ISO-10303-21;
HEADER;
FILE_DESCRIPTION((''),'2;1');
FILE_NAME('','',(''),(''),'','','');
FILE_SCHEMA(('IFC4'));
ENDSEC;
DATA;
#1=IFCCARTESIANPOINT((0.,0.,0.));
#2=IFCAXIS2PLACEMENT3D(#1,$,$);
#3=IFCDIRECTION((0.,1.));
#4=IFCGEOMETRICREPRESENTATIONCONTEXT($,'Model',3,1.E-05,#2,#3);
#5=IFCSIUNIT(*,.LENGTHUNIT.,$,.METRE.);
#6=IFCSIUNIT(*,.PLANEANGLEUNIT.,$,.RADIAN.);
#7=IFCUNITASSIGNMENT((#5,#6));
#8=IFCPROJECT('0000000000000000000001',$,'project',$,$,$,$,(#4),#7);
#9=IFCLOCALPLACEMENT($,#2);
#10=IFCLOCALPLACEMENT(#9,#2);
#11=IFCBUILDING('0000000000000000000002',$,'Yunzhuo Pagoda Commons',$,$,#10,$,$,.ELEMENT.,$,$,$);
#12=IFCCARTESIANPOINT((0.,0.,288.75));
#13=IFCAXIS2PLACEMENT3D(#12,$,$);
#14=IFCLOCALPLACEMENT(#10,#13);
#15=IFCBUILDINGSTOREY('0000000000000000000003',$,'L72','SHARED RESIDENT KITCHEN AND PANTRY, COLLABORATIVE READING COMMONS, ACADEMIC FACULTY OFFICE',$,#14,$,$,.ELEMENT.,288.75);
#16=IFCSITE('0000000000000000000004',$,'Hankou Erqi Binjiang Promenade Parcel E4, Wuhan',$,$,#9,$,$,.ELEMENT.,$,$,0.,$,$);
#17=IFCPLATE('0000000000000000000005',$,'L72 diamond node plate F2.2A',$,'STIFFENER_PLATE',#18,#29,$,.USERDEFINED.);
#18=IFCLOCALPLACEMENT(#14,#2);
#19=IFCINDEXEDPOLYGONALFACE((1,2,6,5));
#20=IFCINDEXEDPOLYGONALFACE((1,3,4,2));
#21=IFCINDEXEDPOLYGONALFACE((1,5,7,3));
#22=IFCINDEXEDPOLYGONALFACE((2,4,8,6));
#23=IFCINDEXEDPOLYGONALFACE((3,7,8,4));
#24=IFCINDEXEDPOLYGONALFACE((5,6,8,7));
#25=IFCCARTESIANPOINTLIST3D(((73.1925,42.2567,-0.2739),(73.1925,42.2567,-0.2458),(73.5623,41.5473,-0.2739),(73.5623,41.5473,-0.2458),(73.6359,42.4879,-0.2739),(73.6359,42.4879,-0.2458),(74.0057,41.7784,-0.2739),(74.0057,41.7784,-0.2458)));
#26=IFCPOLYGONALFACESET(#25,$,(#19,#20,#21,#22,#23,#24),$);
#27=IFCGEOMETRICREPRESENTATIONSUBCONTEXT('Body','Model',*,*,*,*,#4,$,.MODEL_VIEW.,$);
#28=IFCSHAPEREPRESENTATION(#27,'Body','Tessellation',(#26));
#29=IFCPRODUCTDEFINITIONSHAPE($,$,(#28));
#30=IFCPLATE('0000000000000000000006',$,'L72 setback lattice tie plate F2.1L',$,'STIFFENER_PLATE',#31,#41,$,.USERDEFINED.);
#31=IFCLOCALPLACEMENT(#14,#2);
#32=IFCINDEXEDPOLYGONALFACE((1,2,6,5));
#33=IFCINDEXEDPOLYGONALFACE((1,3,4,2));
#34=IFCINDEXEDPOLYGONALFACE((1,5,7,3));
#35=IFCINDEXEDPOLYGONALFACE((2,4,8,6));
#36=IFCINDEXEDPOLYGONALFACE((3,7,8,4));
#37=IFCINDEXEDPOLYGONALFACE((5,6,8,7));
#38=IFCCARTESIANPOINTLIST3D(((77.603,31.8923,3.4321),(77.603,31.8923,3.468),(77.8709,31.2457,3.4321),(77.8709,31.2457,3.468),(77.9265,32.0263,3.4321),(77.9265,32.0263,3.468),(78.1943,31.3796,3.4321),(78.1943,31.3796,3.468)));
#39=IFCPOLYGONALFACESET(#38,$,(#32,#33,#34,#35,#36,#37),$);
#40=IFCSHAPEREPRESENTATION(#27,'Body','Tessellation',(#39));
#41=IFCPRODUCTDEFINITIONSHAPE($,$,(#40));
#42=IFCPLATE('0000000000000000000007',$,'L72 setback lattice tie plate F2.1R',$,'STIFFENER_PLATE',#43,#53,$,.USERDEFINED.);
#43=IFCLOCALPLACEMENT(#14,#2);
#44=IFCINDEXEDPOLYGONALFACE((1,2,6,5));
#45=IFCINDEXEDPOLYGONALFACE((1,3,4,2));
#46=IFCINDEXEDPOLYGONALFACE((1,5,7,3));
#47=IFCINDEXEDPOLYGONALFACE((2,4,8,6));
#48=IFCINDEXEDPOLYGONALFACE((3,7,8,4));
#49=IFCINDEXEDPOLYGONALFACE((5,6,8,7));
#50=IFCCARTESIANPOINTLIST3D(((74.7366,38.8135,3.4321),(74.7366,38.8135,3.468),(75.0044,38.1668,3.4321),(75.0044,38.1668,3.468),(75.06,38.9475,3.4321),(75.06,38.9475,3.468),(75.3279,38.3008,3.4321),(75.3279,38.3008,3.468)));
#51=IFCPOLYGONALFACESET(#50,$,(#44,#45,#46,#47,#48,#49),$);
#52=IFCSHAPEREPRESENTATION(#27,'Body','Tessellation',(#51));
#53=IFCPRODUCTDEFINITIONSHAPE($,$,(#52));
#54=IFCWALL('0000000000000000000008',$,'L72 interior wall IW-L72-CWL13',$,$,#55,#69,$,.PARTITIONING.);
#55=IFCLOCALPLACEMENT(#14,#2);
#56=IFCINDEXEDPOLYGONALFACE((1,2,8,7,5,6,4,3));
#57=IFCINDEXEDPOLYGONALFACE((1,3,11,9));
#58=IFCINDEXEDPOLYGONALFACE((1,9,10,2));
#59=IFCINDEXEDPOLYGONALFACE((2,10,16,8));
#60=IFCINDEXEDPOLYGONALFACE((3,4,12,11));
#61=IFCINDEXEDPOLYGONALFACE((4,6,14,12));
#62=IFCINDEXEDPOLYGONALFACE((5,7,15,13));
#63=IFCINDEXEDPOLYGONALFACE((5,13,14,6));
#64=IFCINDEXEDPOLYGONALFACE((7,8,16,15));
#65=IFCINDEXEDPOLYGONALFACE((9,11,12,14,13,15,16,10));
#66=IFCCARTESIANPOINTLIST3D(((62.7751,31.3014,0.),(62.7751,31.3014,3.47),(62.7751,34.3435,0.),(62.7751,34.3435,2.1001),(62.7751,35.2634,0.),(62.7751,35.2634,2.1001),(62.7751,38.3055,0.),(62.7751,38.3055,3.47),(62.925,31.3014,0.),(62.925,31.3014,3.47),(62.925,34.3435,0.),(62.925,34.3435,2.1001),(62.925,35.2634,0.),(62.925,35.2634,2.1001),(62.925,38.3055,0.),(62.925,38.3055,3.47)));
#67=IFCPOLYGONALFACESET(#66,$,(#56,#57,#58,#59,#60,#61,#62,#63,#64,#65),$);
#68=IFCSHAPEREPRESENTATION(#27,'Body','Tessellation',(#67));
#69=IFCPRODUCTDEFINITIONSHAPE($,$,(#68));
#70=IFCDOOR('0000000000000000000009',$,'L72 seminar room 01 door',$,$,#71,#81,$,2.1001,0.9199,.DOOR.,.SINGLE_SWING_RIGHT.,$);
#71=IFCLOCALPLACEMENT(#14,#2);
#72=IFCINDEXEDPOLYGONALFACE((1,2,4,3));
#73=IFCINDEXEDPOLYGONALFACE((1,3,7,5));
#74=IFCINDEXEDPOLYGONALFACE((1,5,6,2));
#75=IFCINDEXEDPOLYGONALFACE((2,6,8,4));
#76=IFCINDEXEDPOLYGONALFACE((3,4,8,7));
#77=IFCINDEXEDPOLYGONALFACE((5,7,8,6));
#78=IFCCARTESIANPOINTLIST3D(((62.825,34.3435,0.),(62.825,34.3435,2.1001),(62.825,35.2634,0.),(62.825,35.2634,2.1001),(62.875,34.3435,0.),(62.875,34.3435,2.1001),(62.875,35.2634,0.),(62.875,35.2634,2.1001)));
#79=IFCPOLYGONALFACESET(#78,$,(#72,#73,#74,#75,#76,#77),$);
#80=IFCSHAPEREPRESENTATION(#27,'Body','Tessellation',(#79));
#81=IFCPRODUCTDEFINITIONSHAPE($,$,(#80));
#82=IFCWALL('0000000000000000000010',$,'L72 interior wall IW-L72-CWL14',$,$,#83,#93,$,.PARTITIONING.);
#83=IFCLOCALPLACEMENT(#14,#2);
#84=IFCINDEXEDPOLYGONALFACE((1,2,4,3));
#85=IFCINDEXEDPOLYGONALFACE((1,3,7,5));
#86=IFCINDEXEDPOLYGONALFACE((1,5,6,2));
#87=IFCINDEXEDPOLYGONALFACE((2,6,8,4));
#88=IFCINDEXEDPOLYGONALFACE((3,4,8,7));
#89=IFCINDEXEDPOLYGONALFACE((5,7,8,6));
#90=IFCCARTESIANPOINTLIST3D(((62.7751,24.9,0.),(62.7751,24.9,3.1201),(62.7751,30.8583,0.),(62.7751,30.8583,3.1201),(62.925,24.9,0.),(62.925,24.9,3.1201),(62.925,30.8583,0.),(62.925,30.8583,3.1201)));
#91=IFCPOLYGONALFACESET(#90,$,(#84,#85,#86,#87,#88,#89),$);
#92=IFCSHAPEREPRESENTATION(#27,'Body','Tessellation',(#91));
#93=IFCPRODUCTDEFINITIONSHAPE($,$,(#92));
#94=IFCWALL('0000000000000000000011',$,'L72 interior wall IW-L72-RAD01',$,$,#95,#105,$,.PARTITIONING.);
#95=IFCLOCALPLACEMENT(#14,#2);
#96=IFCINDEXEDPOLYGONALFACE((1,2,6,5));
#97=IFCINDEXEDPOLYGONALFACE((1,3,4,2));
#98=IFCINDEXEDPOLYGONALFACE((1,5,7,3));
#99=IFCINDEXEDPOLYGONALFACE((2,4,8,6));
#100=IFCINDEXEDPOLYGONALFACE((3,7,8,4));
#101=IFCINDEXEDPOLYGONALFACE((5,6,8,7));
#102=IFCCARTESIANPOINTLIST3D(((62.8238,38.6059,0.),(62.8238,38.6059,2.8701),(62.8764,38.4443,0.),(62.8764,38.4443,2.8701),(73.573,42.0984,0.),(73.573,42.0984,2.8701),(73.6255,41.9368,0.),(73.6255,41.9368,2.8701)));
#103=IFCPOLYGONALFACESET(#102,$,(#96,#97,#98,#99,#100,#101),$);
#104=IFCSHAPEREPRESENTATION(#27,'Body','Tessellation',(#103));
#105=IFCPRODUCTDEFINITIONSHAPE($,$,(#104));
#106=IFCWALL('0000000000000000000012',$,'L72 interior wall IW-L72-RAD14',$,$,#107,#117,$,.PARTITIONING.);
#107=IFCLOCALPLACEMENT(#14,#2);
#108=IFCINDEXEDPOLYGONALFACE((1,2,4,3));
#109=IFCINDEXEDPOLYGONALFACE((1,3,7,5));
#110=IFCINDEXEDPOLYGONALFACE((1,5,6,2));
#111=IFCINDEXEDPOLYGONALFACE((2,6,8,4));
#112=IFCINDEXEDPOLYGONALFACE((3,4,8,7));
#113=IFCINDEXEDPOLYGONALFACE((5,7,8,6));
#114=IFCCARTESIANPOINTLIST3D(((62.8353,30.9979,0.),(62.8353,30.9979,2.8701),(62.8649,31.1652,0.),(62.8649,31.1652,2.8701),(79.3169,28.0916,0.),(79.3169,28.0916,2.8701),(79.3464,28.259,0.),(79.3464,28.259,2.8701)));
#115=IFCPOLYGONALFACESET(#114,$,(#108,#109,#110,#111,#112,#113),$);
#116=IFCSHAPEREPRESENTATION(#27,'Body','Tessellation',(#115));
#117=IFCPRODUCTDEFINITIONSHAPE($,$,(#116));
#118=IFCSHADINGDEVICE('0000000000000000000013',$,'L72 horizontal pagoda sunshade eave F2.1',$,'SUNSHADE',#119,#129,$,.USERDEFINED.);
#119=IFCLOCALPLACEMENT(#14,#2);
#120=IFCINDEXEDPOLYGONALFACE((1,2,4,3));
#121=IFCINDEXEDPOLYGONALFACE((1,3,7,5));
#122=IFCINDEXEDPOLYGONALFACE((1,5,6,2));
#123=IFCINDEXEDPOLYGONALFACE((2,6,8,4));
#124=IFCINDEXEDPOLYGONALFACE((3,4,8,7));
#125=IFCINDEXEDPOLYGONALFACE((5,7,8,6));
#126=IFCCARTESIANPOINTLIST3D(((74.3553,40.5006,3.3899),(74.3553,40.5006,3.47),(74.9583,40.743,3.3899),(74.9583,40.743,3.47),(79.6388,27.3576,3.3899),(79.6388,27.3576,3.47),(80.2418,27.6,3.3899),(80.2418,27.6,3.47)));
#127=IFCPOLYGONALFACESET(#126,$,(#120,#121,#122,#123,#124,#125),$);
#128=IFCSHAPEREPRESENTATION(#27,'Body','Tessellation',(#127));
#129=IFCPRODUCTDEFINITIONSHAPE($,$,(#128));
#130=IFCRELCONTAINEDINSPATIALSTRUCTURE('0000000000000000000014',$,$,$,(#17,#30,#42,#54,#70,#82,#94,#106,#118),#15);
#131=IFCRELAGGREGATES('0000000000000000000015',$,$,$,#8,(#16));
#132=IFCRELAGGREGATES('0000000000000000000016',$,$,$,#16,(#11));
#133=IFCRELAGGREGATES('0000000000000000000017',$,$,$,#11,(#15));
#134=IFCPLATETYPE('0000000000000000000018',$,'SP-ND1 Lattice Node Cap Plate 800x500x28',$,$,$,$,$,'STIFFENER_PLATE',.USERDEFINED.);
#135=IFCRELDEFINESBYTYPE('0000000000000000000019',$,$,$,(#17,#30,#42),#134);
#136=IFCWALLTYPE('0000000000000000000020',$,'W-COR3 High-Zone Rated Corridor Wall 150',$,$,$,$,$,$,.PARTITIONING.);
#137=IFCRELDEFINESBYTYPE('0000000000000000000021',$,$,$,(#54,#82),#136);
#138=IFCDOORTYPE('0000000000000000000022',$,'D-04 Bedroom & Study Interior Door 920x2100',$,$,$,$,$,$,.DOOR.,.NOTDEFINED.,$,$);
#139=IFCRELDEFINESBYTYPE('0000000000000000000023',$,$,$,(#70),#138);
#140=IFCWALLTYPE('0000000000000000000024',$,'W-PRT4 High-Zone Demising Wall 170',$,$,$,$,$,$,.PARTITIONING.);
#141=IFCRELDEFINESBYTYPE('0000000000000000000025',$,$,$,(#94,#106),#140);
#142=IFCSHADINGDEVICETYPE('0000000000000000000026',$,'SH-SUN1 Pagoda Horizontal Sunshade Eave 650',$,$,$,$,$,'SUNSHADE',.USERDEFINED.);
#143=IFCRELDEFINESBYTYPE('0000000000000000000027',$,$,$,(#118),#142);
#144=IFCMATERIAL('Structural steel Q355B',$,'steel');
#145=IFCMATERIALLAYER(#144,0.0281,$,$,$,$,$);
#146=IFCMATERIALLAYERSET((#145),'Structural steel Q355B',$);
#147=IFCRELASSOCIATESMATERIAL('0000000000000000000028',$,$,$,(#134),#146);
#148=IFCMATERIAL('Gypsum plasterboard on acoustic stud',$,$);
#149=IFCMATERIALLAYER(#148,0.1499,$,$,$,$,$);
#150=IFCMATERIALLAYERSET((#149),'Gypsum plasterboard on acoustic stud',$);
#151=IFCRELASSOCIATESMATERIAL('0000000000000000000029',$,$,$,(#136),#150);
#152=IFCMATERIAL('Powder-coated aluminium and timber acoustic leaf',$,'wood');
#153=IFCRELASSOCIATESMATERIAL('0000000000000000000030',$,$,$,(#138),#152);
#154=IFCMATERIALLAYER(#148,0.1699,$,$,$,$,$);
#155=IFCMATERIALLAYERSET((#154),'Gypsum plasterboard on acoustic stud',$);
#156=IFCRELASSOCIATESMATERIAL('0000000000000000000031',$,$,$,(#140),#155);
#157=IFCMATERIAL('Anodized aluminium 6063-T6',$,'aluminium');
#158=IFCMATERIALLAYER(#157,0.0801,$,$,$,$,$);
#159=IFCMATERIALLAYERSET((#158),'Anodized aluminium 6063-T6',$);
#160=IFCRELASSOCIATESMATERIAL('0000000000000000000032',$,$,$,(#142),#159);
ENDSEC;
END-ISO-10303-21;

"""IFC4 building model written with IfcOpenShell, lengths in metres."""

from ifc_helpers import new_model, si_unit, direction, frame, frame_2d, origin, origin_with_axes, origin_2d, place, context, subcontext, project, spatial, rectangle, extrude, source, transform, mapped, material, layer, layer_set, type_object, element, fill, save


model = new_model("IFC4")

# Units and contexts
model_context = context("Model", 3, precision=1e-05, world=origin(), true_north=direction((0.0, 1.0)))
body_context = subcontext(model_context, "Body", "Model", "MODEL_VIEW")
ifc_project = project(units=[si_unit("LENGTHUNIT", "METRE"), si_unit("PLANEANGLEUNIT", "RADIAN")], contexts=[model_context])

# Site, building, storey
site_placement = place(None, origin())
site = spatial("IfcSite", under=ifc_project, at=site_placement, Name="Hankou Erqi Binjiang Promenade Parcel E4, Wuhan", CompositionType="ELEMENT", RefElevation=0.0)
building_placement = place(site_placement, origin())
building = spatial("IfcBuilding", under=site, at=building_placement, Name="Yunzhuo Pagoda Commons", CompositionType="ELEMENT")
storey_placement = place(building_placement, frame((0.0, 0.0, 288.75)))
storey = spatial("IfcBuildingStorey", under=building, at=storey_placement, Name="L72", Description="SHARED RESIDENT KITCHEN AND PANTRY, COLLABORATIVE READING COMMONS, ACADEMIC FACULTY OFFICE", CompositionType="ELEMENT", Elevation=288.75)

# Shared definitions
ifc_material_1 = material(Name="Structural steel Q355B", Category="steel")

# Shared definitions
ifc_material_2 = material(Name="Anodized aluminium 6063-T6", Category="aluminium")

# Plates
ifc_layer_1 = layer(ifc_material_1, 0.0281)
ifc_layer_set_1 = layer_set([ifc_layer_1], Name="Structural steel Q355B")
plate_type_1 = type_object("IfcPlateType", Name="SP-ND1 Lattice Node Cap Plate 800x500x28", ElementType="STIFFENER_PLATE", PredefinedType="USERDEFINED", material=ifc_layer_set_1)
shared_shape_1 = source(origin(), body_context, "Body", "SweptSolid", [
    extrude(rectangle(XDim=0.8, YDim=0.5, at=origin_2d()), origin(), (0.0, 0.0, 1.0), 0.0281),
])
plate_1_placement = place(storey_placement, frame((73.5991, 42.0176, -0.2739), z_axis=(0.0, 0.0, 1.0), x_axis=(-0.462228, 0.886761, 0.0)))
element("IfcPlate", 1, at=plate_1_placement, inside=storey, type_object=plate_type_1, Name="L72 diamond node plate F2.2A", ObjectType="STIFFENER_PLATE", PredefinedType="USERDEFINED", context=body_context, shape_type="MappedRepresentation", body=[
    mapped(shared_shape_1, transform((0.0, 0.0, 0.0), scale=1.0)),
])
shared_shape_2 = source(origin(), body_context, "Body", "SweptSolid", [
    extrude(rectangle(XDim=0.7, YDim=0.3501, at=origin_2d()), origin(), (0.0, 0.0, 1.0), 0.0359),
])
for number, where, z_axis, x_axis, name in (
    (2, (77.8987, 31.636, 3.4321), (0.0, 0.0, 1.0), (-0.382635, 0.9239, 0.0), "L72 setback lattice tie plate F2.1L"),
    (3, (75.0322, 38.5571, 3.4321), (0.0, 0.0, 1.0), (-0.382635, 0.9239, 0.0), "L72 setback lattice tie plate F2.1R"),
):
    element("IfcPlate", number, at=place(storey_placement, frame(where, z_axis=z_axis, x_axis=x_axis)), inside=storey, type_object=plate_type_1, Name=name, ObjectType="STIFFENER_PLATE", PredefinedType="USERDEFINED", context=body_context, shape_type="MappedRepresentation", body=[
        mapped(shared_shape_2, transform((0.0, 0.0, 0.0), scale=1.0)),
    ])

# Wall, opening, door
ifc_material_3 = material(Name="Gypsum plasterboard on acoustic stud")
ifc_layer_2 = layer(ifc_material_3, 0.1499)
ifc_layer_set_2 = layer_set([ifc_layer_2], Name="Gypsum plasterboard on acoustic stud")
wall_type_1 = type_object("IfcWallType", Name="W-COR3 High-Zone Rated Corridor Wall 150", PredefinedType="PARTITIONING", material=ifc_layer_set_2)
wall_1_placement = place(storey_placement, frame((62.8501, 38.3054, 0.0), z_axis=(0.0, 0.0, 1.0), x_axis=(0.0, -1.0, 0.0)))
wall_1 = element("IfcWall", 4, at=wall_1_placement, inside=storey, type_object=wall_type_1, Name="L72 interior wall IW-L72-CWL13", PredefinedType="PARTITIONING", context=body_context, shape_type="SweptSolid", body=[
    extrude(rectangle(XDim=7.0042, YDim=0.1499, at=frame_2d((3.502, 0.0))), origin(), (0.0, 0.0, 1.0), 3.47),
])
opening_placement = place(wall_1_placement, frame((3.042, 0.0, 0.0)))
opening = element("IfcOpeningElement", 5, at=opening_placement, cuts=wall_1, PredefinedType="OPENING", context=body_context, shape_type="SweptSolid", body=[
    extrude(rectangle(XDim=0.9199, YDim=2.1001, at=frame_2d((0.46, 1.05))), frame((0.0, 0.085, 0.0), z_axis=(0.0, -1.0, 0.0), x_axis=(1.0, 0.0, 0.0)), (0.0, 0.0, 1.0), 0.1699),
])
ifc_material_4 = material(Name="Powder-coated aluminium and timber acoustic leaf", Category="wood")
door_type = type_object("IfcDoorType", Name="D-04 Bedroom & Study Interior Door 920x2100", OperationType="NOTDEFINED", PredefinedType="DOOR", material=ifc_material_4)
shared_shape_3 = source(origin(), body_context, "Body", "SweptSolid", [
    extrude(rectangle(XDim=0.9199, YDim=2.1001, at=frame_2d((0.46, 1.05))), frame((0.0, 0.0249, 0.0), z_axis=(0.0, -1.0, 0.0), x_axis=(1.0, 0.0, 0.0)), (0.0, 0.0, 1.0), 0.05),
])
door_placement = place(opening_placement, origin_with_axes())
door = element("IfcDoor", 6, at=door_placement, inside=storey, type_object=door_type, Name="L72 seminar room 01 door", OperationType="SINGLE_SWING_RIGHT", OverallHeight=2.1001, OverallWidth=0.9199, PredefinedType="DOOR", context=body_context, shape_type="MappedRepresentation", body=[
    mapped(shared_shape_3, transform((0.0, 0.0, 0.0), scale=1.0)),
])
fill(opening, door)

# Walls
wall_2_placement = place(storey_placement, frame((62.8501, 30.8582, 0.0), z_axis=(0.0, 0.0, 1.0), x_axis=(0.0, -1.0, 0.0)))
element("IfcWall", 7, at=wall_2_placement, inside=storey, type_object=wall_type_1, Name="L72 interior wall IW-L72-CWL14", PredefinedType="PARTITIONING", context=body_context, shape_type="SweptSolid", body=[
    extrude(rectangle(XDim=5.9583, YDim=0.1499, at=frame_2d((2.979, 0.0))), origin(), (0.0, 0.0, 1.0), 3.1201),
])
ifc_layer_3 = layer(ifc_material_3, 0.1699)
ifc_layer_set_3 = layer_set([ifc_layer_3], Name="Gypsum plasterboard on acoustic stud")
wall_type_2 = type_object("IfcWallType", Name="W-PRT4 High-Zone Demising Wall 170", PredefinedType="PARTITIONING", material=ifc_layer_set_3)
wall_3_placement = place(storey_placement, frame((62.8501, 38.5251, 0.0), z_axis=(0.0, 0.0, 1.0), x_axis=(0.95106, 0.309006, 0.0)))
element("IfcWall", 8, at=wall_3_placement, inside=storey, type_object=wall_type_2, Name="L72 interior wall IW-L72-RAD01", PredefinedType="PARTITIONING", context=body_context, shape_type="SweptSolid", body=[
    extrude(rectangle(XDim=11.3022, YDim=0.1699, at=frame_2d((5.6511, 0.0))), origin(), (0.0, 0.0, 1.0), 2.8701),
])
wall_4_placement = place(storey_placement, frame((62.8501, 31.0815, 0.0), z_axis=(0.0, 0.0, 1.0), x_axis=(0.984807, -0.173653, 0.0)))
element("IfcWall", 9, at=wall_4_placement, inside=storey, type_object=wall_type_2, Name="L72 interior wall IW-L72-RAD14", PredefinedType="PARTITIONING", context=body_context, shape_type="SweptSolid", body=[
    extrude(rectangle(XDim=16.7358, YDim=0.1699, at=frame_2d((8.3679, 0.0))), origin(), (0.0, 0.0, 1.0), 2.8701),
])

# Shading device
ifc_layer_4 = layer(ifc_material_2, 0.0801)
ifc_layer_set_4 = layer_set([ifc_layer_4], Name="Anodized aluminium 6063-T6")
shading_device_type = type_object("IfcShadingDeviceType", Name="SH-SUN1 Pagoda Horizontal Sunshade Eave 650", ElementType="SUNSHADE", PredefinedType="USERDEFINED", material=ifc_layer_set_4)
shared_shape_4 = source(origin(), body_context, "Body", "SweptSolid", [
    extrude(rectangle(XDim=14.1653, YDim=0.6499, at=origin_2d()), origin(), (0.0, 0.0, 1.0), 0.0801),
])
shading_device_placement = place(storey_placement, frame((77.2986, 34.0503, 3.3899), z_axis=(0.0, 0.0, 1.0), x_axis=(-0.372988, 0.927836, 0.0)))
element("IfcShadingDevice", 10, at=shading_device_placement, inside=storey, type_object=shading_device_type, Name="L72 horizontal pagoda sunshade eave F2.1", ObjectType="SUNSHADE", PredefinedType="USERDEFINED", context=body_context, shape_type="MappedRepresentation", body=[
    mapped(shared_shape_4, transform((0.0, 0.0, 0.0), scale=1.0)),
])

save(model, "model.ifc")
